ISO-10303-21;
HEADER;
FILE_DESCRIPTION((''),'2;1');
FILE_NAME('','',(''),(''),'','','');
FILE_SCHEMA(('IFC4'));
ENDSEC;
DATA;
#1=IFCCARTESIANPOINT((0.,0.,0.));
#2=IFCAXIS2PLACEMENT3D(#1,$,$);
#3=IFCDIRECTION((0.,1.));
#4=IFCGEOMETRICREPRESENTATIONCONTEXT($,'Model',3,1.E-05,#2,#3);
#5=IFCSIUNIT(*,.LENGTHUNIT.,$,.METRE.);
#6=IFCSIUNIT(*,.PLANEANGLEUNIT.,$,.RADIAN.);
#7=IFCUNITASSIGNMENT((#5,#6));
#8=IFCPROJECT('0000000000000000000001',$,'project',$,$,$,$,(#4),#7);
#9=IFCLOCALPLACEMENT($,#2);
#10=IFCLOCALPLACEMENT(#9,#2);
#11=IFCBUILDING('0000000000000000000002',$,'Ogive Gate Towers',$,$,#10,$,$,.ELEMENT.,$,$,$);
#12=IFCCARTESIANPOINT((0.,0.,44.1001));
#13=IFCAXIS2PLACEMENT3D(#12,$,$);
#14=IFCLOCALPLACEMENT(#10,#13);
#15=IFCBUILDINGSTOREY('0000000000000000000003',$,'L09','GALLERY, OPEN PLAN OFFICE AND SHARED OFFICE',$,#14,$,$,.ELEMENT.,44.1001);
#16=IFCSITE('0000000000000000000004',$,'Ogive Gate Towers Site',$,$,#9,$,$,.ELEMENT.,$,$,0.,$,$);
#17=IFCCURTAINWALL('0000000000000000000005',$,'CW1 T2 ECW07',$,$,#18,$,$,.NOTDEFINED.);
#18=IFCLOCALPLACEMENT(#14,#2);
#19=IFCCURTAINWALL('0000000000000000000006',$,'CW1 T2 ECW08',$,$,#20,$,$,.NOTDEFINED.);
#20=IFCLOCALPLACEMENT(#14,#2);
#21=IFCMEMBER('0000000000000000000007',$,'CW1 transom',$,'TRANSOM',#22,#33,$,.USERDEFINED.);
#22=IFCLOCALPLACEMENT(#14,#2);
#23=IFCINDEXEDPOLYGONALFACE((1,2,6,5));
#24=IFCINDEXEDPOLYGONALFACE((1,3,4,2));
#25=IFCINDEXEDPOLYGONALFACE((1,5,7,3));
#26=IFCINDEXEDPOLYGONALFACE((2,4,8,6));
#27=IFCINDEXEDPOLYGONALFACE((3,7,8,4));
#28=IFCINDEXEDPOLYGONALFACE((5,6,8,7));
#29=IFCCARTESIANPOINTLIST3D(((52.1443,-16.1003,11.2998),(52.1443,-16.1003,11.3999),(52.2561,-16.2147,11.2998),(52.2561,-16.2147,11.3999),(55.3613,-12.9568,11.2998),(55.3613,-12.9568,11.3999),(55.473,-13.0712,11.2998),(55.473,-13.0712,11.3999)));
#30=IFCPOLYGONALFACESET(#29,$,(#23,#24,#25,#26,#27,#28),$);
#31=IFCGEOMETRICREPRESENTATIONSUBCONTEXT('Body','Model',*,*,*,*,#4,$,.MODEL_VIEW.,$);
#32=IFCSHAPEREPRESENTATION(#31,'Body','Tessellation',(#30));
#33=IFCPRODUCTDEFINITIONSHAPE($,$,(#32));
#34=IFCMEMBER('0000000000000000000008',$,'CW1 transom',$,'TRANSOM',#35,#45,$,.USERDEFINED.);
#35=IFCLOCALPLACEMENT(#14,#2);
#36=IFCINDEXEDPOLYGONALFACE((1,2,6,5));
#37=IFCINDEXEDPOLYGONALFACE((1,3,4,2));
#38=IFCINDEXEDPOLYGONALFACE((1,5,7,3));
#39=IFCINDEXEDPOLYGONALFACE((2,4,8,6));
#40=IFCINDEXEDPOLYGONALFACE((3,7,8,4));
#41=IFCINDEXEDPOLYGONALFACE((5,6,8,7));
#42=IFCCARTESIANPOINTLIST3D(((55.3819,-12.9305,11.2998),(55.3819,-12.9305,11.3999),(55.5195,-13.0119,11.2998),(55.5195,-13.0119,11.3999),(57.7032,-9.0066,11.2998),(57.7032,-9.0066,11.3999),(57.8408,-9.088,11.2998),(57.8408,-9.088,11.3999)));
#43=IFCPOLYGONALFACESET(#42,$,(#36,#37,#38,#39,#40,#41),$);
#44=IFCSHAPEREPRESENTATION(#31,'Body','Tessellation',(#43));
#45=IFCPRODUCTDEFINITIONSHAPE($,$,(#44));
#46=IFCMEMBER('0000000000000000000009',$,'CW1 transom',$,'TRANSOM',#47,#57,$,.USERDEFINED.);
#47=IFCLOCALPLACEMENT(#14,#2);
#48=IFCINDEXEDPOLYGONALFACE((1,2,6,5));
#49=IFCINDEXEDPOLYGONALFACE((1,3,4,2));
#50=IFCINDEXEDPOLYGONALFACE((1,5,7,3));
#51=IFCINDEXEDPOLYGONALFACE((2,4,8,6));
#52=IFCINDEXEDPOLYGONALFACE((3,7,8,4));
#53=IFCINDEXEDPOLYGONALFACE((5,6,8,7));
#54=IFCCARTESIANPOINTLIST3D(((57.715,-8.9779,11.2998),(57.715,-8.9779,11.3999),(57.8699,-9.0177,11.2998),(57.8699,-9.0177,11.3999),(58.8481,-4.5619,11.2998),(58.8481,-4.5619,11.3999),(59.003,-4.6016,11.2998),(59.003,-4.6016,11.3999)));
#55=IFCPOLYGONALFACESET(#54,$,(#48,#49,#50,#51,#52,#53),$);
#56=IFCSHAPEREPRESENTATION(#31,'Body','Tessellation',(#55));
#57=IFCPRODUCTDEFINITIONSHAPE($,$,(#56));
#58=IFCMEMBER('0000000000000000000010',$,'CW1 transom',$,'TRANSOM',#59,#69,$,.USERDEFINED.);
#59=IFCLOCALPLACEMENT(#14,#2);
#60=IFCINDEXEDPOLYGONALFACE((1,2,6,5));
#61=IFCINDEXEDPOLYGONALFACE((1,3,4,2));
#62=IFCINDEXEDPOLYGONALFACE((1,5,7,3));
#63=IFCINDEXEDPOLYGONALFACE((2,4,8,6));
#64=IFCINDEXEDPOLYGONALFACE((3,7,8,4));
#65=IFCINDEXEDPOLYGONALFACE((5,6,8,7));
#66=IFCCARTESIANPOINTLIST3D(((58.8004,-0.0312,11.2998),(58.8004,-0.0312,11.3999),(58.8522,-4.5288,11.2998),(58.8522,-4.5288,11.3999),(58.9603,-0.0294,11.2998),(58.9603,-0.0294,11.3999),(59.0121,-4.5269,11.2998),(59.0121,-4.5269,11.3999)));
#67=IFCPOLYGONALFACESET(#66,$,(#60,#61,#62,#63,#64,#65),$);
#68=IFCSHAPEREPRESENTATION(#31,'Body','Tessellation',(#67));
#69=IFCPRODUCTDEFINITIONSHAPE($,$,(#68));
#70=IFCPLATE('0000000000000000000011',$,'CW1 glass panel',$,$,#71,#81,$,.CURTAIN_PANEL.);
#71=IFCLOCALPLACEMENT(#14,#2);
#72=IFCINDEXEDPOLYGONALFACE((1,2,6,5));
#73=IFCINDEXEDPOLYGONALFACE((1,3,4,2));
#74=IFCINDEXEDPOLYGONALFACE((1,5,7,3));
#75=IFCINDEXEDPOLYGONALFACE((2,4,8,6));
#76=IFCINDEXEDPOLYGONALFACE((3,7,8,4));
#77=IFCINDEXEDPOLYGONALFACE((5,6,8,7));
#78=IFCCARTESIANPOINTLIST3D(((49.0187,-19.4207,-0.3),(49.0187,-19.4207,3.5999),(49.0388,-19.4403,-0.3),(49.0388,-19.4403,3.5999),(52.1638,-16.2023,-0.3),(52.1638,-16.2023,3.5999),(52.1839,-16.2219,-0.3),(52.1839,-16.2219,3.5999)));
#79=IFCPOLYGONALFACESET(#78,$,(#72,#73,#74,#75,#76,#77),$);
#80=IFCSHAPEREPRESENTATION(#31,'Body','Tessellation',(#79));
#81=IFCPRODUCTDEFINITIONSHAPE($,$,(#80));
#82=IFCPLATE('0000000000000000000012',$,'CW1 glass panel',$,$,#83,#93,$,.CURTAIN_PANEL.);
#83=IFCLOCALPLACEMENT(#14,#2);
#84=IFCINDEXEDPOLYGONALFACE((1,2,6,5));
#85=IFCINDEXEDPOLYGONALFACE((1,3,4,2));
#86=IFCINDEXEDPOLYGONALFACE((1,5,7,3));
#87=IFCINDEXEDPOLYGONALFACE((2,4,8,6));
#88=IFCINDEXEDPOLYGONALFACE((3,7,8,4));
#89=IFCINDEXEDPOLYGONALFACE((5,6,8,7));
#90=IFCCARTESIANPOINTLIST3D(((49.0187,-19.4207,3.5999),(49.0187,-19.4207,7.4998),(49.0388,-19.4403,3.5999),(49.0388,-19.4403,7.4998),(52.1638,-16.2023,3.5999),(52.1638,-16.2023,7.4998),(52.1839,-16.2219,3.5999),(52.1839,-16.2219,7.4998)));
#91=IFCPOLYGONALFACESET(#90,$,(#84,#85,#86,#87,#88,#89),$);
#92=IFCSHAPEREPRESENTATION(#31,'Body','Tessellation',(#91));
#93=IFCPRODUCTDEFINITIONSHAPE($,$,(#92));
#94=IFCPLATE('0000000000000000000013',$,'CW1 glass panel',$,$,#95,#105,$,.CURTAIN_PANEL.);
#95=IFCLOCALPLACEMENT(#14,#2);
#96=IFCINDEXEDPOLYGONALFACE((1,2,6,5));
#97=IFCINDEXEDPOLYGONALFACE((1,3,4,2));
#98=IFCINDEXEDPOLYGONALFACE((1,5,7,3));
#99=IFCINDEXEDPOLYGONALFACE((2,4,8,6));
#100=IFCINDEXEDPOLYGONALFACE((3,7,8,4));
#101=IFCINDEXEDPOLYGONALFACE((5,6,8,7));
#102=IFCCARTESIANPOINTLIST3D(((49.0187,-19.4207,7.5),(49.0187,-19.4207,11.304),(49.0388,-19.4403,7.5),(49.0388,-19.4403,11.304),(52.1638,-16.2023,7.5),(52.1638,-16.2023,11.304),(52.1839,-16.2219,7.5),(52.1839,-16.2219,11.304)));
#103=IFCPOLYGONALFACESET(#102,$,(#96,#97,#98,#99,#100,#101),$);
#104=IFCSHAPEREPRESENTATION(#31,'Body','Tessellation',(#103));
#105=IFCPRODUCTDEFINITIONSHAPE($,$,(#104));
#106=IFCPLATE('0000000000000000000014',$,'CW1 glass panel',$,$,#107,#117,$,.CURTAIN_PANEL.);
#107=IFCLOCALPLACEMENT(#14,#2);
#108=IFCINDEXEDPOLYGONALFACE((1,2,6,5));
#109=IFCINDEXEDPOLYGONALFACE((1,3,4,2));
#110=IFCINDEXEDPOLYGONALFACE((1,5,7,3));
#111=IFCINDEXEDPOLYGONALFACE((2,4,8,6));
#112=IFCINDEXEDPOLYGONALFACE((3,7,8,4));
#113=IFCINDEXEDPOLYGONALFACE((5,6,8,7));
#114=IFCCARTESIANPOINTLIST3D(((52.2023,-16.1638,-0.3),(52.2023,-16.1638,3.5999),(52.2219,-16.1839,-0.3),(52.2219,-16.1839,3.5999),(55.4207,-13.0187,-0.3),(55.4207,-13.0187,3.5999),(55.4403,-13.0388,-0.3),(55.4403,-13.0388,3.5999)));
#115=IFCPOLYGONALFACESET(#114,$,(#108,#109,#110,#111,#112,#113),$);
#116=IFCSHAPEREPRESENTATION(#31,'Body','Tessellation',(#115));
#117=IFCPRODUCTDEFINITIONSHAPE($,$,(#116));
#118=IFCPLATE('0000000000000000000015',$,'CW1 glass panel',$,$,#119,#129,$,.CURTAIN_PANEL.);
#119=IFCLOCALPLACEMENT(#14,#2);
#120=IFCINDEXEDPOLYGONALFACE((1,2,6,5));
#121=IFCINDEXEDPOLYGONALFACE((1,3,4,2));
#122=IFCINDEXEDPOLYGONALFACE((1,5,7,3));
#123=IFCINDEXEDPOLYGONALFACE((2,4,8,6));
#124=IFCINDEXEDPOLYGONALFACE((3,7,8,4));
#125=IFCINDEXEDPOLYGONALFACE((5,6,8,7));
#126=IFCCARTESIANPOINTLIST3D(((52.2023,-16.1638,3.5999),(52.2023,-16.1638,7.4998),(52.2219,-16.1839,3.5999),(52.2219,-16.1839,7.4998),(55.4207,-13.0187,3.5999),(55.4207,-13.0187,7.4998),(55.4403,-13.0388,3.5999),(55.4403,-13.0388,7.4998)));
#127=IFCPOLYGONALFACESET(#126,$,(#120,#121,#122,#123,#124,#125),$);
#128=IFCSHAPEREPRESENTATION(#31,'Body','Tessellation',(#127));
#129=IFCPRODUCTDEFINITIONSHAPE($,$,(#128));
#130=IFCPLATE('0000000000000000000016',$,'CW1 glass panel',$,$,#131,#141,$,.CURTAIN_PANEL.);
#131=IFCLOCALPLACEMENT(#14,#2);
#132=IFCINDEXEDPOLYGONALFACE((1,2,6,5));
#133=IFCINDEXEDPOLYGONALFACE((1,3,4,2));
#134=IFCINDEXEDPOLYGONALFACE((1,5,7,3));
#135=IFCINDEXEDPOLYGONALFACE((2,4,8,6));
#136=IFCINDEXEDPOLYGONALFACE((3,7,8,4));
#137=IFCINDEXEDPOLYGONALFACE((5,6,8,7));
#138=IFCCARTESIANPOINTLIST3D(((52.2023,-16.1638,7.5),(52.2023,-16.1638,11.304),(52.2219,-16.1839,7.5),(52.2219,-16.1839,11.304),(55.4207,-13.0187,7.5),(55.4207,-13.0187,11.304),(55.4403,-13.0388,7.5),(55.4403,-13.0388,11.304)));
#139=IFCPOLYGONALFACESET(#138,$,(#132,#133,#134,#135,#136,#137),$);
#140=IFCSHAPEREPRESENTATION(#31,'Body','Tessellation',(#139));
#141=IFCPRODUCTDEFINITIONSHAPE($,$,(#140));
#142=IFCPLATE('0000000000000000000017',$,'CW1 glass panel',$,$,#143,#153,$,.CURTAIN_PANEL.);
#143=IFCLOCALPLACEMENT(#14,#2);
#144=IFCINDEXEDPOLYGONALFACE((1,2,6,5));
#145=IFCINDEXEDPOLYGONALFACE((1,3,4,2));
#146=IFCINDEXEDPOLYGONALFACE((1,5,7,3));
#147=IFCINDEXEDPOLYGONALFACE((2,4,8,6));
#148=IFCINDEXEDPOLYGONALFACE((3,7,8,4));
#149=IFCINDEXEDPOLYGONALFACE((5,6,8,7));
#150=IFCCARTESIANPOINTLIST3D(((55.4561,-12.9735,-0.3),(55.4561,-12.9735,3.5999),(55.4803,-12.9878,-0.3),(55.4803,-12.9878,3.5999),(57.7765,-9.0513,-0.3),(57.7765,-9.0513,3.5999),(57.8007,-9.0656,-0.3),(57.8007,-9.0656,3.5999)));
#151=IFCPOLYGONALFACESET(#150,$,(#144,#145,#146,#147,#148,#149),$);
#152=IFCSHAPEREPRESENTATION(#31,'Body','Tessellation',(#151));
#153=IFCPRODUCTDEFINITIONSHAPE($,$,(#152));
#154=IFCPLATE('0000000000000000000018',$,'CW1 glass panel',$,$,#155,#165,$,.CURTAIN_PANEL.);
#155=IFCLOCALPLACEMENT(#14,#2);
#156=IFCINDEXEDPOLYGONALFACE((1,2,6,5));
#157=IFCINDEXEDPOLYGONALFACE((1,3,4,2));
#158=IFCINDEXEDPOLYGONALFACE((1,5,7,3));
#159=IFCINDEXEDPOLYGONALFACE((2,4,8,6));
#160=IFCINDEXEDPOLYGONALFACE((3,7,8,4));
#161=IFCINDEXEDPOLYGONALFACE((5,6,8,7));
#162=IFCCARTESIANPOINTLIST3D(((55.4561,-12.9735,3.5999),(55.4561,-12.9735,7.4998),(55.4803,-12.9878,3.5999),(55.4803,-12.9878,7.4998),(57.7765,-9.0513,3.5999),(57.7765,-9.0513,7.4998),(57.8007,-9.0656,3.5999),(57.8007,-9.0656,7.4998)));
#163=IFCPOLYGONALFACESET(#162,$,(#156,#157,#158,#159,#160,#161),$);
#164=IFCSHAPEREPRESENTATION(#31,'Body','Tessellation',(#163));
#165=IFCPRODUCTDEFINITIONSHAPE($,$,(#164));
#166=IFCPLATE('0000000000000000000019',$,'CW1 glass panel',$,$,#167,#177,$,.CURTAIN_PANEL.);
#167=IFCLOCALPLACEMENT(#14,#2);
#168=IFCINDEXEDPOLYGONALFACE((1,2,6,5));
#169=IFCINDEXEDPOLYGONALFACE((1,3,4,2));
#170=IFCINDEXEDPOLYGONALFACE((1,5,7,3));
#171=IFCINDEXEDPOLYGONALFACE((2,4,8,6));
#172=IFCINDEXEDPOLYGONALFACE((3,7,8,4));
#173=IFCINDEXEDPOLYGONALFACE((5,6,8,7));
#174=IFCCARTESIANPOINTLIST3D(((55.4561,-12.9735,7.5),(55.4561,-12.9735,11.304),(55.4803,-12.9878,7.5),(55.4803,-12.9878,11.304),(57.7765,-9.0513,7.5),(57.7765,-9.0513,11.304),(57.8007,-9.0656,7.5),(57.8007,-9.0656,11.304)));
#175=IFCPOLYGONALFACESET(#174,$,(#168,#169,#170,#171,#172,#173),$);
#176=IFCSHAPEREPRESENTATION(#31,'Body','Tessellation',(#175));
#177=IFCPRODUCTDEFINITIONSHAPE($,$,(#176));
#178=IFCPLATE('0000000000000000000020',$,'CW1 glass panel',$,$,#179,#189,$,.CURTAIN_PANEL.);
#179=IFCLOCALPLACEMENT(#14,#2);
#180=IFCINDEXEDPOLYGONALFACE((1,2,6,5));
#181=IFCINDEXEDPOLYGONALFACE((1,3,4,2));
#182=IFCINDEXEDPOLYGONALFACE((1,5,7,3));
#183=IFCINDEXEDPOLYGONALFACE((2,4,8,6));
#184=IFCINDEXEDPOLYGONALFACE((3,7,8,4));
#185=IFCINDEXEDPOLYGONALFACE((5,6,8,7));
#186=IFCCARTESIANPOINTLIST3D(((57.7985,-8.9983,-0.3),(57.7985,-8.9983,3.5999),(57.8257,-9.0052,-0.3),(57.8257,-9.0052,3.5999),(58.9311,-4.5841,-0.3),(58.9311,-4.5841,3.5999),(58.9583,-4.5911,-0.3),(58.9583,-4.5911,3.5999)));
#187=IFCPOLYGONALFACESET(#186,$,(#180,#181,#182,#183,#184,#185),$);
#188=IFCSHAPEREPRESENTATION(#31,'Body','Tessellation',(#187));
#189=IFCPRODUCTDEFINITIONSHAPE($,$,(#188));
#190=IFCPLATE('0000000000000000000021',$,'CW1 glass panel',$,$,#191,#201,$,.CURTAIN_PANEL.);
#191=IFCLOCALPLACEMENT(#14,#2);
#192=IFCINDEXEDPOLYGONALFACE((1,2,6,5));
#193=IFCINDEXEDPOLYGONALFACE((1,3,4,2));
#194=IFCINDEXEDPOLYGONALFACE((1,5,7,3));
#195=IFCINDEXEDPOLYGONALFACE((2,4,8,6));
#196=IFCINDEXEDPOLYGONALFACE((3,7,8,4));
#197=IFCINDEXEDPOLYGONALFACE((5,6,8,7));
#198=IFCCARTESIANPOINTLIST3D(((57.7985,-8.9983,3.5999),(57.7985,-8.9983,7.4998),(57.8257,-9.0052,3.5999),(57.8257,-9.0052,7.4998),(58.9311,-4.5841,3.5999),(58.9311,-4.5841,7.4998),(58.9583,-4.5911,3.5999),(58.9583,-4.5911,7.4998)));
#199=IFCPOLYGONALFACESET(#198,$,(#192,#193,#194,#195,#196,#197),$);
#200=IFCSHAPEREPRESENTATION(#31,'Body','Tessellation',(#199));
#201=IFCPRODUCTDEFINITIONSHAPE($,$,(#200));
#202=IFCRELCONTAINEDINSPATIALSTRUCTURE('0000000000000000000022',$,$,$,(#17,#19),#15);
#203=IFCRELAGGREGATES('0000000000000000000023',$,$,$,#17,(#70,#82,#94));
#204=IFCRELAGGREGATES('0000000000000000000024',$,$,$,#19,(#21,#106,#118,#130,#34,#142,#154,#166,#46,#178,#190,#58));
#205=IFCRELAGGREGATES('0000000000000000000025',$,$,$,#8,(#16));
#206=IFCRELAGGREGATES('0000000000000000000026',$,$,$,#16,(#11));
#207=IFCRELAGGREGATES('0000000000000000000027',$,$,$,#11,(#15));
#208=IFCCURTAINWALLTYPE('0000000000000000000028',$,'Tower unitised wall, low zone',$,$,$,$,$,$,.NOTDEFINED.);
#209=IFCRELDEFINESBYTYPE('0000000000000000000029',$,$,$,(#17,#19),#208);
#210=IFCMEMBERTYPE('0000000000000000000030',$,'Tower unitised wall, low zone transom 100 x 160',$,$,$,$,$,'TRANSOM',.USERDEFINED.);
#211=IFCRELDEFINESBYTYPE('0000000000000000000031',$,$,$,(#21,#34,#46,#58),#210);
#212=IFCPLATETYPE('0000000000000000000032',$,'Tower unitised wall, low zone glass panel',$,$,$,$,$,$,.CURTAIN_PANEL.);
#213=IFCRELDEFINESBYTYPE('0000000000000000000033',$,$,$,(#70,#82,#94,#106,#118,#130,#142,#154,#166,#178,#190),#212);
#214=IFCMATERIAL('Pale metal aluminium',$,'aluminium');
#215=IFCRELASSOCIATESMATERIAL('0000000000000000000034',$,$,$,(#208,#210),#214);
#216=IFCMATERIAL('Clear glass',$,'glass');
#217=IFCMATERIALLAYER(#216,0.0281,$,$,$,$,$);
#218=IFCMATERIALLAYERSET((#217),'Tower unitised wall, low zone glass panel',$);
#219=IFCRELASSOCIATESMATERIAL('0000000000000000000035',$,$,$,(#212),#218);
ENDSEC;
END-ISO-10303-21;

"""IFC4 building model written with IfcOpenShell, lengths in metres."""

from ifc_helpers import new_model, si_unit, direction, frame, origin, origin_2d, place, context, subcontext, project, spatial, rectangle, extrude, material, layer, layer_set, material_profile, profile_set, type_object, element, aggregate, save


model = new_model("IFC4")

# Units and contexts
model_context = context("Model", 3, precision=1e-05, world=origin(), true_north=direction((0.0, 1.0)))
body_context = subcontext(model_context, "Body", "Model", "MODEL_VIEW")
ifc_project = project(units=[si_unit("LENGTHUNIT", "METRE"), si_unit("PLANEANGLEUNIT", "RADIAN")], contexts=[model_context])

# Site, building, storey
site_placement = place(None, origin())
site = spatial("IfcSite", under=ifc_project, at=site_placement, Name="Ogive Gate Towers Site", CompositionType="ELEMENT", RefElevation=0.0)
building_placement = place(site_placement, origin())
building = spatial("IfcBuilding", under=site, at=building_placement, Name="Ogive Gate Towers", CompositionType="ELEMENT")
storey_placement = place(building_placement, frame((0.0, 0.0, 44.1001)))
storey = spatial("IfcBuildingStorey", under=building, at=storey_placement, Name="L09", Description="GALLERY, OPEN PLAN OFFICE AND SHARED OFFICE", CompositionType="ELEMENT", Elevation=44.1001)

# Curtain walls
ifc_material_1 = material(Name="Pale metal aluminium", Category="aluminium")
curtain_wall_type = type_object("IfcCurtainWallType", Name="Tower unitised wall, low zone", PredefinedType="NOTDEFINED", material=ifc_material_1)
curtain_wall_1_placement = place(storey_placement, origin())
curtain_wall_1 = element("IfcCurtainWall", 1, at=curtain_wall_1_placement, inside=storey, type_object=curtain_wall_type, Name="CW1 T2 ECW07", PredefinedType="NOTDEFINED")
curtain_wall_2_placement = place(storey_placement, origin())
curtain_wall_2 = element("IfcCurtainWall", 2, at=curtain_wall_2_placement, inside=storey, type_object=curtain_wall_type, Name="CW1 T2 ECW08", PredefinedType="NOTDEFINED")

# Members
ifc_material_profile_1 = material_profile(ifc_material_1, rectangle(XDim=0.1599, YDim=0.1001, at=origin_2d()), Name="100 x 160 aluminium box")
ifc_profile_set_1 = profile_set([ifc_material_profile_1], Name="Pale metal aluminium")
member_type_1 = type_object("IfcMemberType", Name="Tower unitised wall, low zone transom 100 x 160", ElementType="TRANSOM", PredefinedType="USERDEFINED", material=ifc_profile_set_1)
member_1_placement = place(storey_placement, frame((52.2002, -16.1575, 11.3499), z_axis=(0.715229, 0.698891, 0.0), x_axis=(-0.698891, 0.715229, 0.0)))
member_1 = element("IfcMember", 3, at=member_1_placement, type_object=member_type_1, Name="CW1 transom", ObjectType="TRANSOM", PredefinedType="USERDEFINED", context=body_context, shape_type="SweptSolid", body=[
    extrude(rectangle(XDim=0.1599, YDim=0.1001, at=origin_2d()), origin(), (0.0, 0.0, 1.0), 4.4978),
])
member_2_placement = place(storey_placement, frame((55.4507, -12.9712, 11.3499), z_axis=(0.509162, 0.860671, 0.0), x_axis=(-0.860671, 0.509162, 0.0)))
member_2 = element("IfcMember", 4, at=member_2_placement, type_object=member_type_1, Name="CW1 transom", ObjectType="TRANSOM", PredefinedType="USERDEFINED", context=body_context, shape_type="SweptSolid", body=[
    extrude(rectangle(XDim=0.1599, YDim=0.1001, at=origin_2d()), origin(), (0.0, 0.0, 1.0), 4.5591),
])
member_3_placement = place(storey_placement, frame((57.7925, -8.9978, 11.3499), z_axis=(0.248529, 0.968625, 0.0), x_axis=(-0.968625, 0.248529, 0.0)))
member_3 = element("IfcMember", 5, at=member_3_placement, type_object=member_type_1, Name="CW1 transom", ObjectType="TRANSOM", PredefinedType="USERDEFINED", context=body_context, shape_type="SweptSolid", body=[
    extrude(rectangle(XDim=0.1599, YDim=0.1001, at=origin_2d()), origin(), (0.0, 0.0, 1.0), 4.5591),
])
member_4_placement = place(storey_placement, frame((58.9321, -4.5278, 11.3499), z_axis=(-0.011507, 0.999934, 0.0), x_axis=(-0.999934, -0.011507, 0.0)))
member_4 = element("IfcMember", 6, at=member_4_placement, type_object=member_type_1, Name="CW1 transom", ObjectType="TRANSOM", PredefinedType="USERDEFINED", context=body_context, shape_type="SweptSolid", body=[
    extrude(rectangle(XDim=0.1599, YDim=0.1001, at=origin_2d()), origin(), (0.0, 0.0, 1.0), 4.4978),
])

# Plates
ifc_material_2 = material(Name="Clear glass", Category="glass")
ifc_layer_1 = layer(ifc_material_2, 0.0281)
ifc_layer_set_1 = layer_set([ifc_layer_1], Name="Tower unitised wall, low zone glass panel")
plate_type = type_object("IfcPlateType", Name="Tower unitised wall, low zone glass panel", PredefinedType="CURTAIN_PANEL", material=ifc_layer_set_1)
plate_1_placement = place(storey_placement, frame((50.6013, -17.8213, -0.3), z_axis=(0.0, 0.0, 1.0), x_axis=(0.698915, 0.715205, 0.0)))
plate_1 = element("IfcPlate", 7, at=plate_1_placement, type_object=plate_type, Name="CW1 glass panel", PredefinedType="CURTAIN_PANEL", context=body_context, shape_type="SweptSolid", body=[
    extrude(rectangle(XDim=4.5, YDim=0.0281, at=origin_2d()), origin(), (0.0, 0.0, 1.0), 3.8999),
])
plate_2_placement = place(storey_placement, frame((50.6013, -17.8213, 3.5999), z_axis=(0.0, 0.0, 1.0), x_axis=(0.698915, 0.715205, 0.0)))
plate_2 = element("IfcPlate", 8, at=plate_2_placement, type_object=plate_type, Name="CW1 glass panel", PredefinedType="CURTAIN_PANEL", context=body_context, shape_type="SweptSolid", body=[
    extrude(rectangle(XDim=4.5, YDim=0.0281, at=origin_2d()), origin(), (0.0, 0.0, 1.0), 3.8999),
])
plate_3_placement = place(storey_placement, frame((50.6013, -17.8213, 7.5), z_axis=(0.0, 0.0, 1.0), x_axis=(0.698915, 0.715205, 0.0)))
plate_3 = element("IfcPlate", 9, at=plate_3_placement, type_object=plate_type, Name="CW1 glass panel", PredefinedType="CURTAIN_PANEL", context=body_context, shape_type="SweptSolid", body=[
    extrude(rectangle(XDim=4.5, YDim=0.0281, at=origin_2d()), origin(), (0.0, 0.0, 1.0), 3.804),
])
aggregate(curtain_wall_1, [plate_1, plate_2, plate_3])
plate_4_placement = place(storey_placement, frame((53.8213, -14.6013, -0.3), z_axis=(0.0, 0.0, 1.0), x_axis=(0.715205, 0.698915, 0.0)))
plate_4 = element("IfcPlate", 10, at=plate_4_placement, type_object=plate_type, Name="CW1 glass panel", PredefinedType="CURTAIN_PANEL", context=body_context, shape_type="SweptSolid", body=[
    extrude(rectangle(XDim=4.5, YDim=0.0281, at=origin_2d()), origin(), (0.0, 0.0, 1.0), 3.8999),
])
plate_5_placement = place(storey_placement, frame((53.8213, -14.6013, 3.5999), z_axis=(0.0, 0.0, 1.0), x_axis=(0.715205, 0.698915, 0.0)))
plate_5 = element("IfcPlate", 11, at=plate_5_placement, type_object=plate_type, Name="CW1 glass panel", PredefinedType="CURTAIN_PANEL", context=body_context, shape_type="SweptSolid", body=[
    extrude(rectangle(XDim=4.5, YDim=0.0281, at=origin_2d()), origin(), (0.0, 0.0, 1.0), 3.8999),
])
plate_6_placement = place(storey_placement, frame((53.8213, -14.6013, 7.5), z_axis=(0.0, 0.0, 1.0), x_axis=(0.715205, 0.698915, 0.0)))
plate_6 = element("IfcPlate", 12, at=plate_6_placement, type_object=plate_type, Name="CW1 glass panel", PredefinedType="CURTAIN_PANEL", context=body_context, shape_type="SweptSolid", body=[
    extrude(rectangle(XDim=4.5, YDim=0.0281, at=origin_2d()), origin(), (0.0, 0.0, 1.0), 3.804),
])
plate_7_placement = place(storey_placement, frame((56.6284, -11.0195, -0.3), z_axis=(0.0, 0.0, 1.0), x_axis=(0.509177, 0.860662, 0.0)))
plate_7 = element("IfcPlate", 13, at=plate_7_placement, type_object=plate_type, Name="CW1 glass panel", PredefinedType="CURTAIN_PANEL", context=body_context, shape_type="SweptSolid", body=[
    extrude(rectangle(XDim=4.5571, YDim=0.0281, at=origin_2d()), origin(), (0.0, 0.0, 1.0), 3.8999),
])
plate_8_placement = place(storey_placement, frame((56.6284, -11.0195, 3.5999), z_axis=(0.0, 0.0, 1.0), x_axis=(0.509177, 0.860662, 0.0)))
plate_8 = element("IfcPlate", 14, at=plate_8_placement, type_object=plate_type, Name="CW1 glass panel", PredefinedType="CURTAIN_PANEL", context=body_context, shape_type="SweptSolid", body=[
    extrude(rectangle(XDim=4.5571, YDim=0.0281, at=origin_2d()), origin(), (0.0, 0.0, 1.0), 3.8999),
])
plate_9_placement = place(storey_placement, frame((56.6284, -11.0195, 7.5), z_axis=(0.0, 0.0, 1.0), x_axis=(0.509177, 0.860662, 0.0)))
plate_9 = element("IfcPlate", 15, at=plate_9_placement, type_object=plate_type, Name="CW1 glass panel", PredefinedType="CURTAIN_PANEL", context=body_context, shape_type="SweptSolid", body=[
    extrude(rectangle(XDim=4.5571, YDim=0.0281, at=origin_2d()), origin(), (0.0, 0.0, 1.0), 3.804),
])
plate_10_placement = place(storey_placement, frame((58.3784, -6.7947, -0.3), z_axis=(0.0, 0.0, 1.0), x_axis=(0.248521, 0.968627, 0.0)))
plate_10 = element("IfcPlate", 16, at=plate_10_placement, type_object=plate_type, Name="CW1 glass panel", PredefinedType="CURTAIN_PANEL", context=body_context, shape_type="SweptSolid", body=[
    extrude(rectangle(XDim=4.5571, YDim=0.0281, at=origin_2d()), origin(), (0.0, 0.0, 1.0), 3.8999),
])
plate_11_placement = place(storey_placement, frame((58.3784, -6.7947, 3.5999), z_axis=(0.0, 0.0, 1.0), x_axis=(0.248521, 0.968627, 0.0)))
plate_11 = element("IfcPlate", 17, at=plate_11_placement, type_object=plate_type, Name="CW1 glass panel", PredefinedType="CURTAIN_PANEL", context=body_context, shape_type="SweptSolid", body=[
    extrude(rectangle(XDim=4.5571, YDim=0.0281, at=origin_2d()), origin(), (0.0, 0.0, 1.0), 3.8999),
])
aggregate(curtain_wall_2, [member_1, plate_4, plate_5, plate_6, member_2, plate_7, plate_8, plate_9, member_3, plate_10, plate_11, member_4])

save(model, "model.ifc")
